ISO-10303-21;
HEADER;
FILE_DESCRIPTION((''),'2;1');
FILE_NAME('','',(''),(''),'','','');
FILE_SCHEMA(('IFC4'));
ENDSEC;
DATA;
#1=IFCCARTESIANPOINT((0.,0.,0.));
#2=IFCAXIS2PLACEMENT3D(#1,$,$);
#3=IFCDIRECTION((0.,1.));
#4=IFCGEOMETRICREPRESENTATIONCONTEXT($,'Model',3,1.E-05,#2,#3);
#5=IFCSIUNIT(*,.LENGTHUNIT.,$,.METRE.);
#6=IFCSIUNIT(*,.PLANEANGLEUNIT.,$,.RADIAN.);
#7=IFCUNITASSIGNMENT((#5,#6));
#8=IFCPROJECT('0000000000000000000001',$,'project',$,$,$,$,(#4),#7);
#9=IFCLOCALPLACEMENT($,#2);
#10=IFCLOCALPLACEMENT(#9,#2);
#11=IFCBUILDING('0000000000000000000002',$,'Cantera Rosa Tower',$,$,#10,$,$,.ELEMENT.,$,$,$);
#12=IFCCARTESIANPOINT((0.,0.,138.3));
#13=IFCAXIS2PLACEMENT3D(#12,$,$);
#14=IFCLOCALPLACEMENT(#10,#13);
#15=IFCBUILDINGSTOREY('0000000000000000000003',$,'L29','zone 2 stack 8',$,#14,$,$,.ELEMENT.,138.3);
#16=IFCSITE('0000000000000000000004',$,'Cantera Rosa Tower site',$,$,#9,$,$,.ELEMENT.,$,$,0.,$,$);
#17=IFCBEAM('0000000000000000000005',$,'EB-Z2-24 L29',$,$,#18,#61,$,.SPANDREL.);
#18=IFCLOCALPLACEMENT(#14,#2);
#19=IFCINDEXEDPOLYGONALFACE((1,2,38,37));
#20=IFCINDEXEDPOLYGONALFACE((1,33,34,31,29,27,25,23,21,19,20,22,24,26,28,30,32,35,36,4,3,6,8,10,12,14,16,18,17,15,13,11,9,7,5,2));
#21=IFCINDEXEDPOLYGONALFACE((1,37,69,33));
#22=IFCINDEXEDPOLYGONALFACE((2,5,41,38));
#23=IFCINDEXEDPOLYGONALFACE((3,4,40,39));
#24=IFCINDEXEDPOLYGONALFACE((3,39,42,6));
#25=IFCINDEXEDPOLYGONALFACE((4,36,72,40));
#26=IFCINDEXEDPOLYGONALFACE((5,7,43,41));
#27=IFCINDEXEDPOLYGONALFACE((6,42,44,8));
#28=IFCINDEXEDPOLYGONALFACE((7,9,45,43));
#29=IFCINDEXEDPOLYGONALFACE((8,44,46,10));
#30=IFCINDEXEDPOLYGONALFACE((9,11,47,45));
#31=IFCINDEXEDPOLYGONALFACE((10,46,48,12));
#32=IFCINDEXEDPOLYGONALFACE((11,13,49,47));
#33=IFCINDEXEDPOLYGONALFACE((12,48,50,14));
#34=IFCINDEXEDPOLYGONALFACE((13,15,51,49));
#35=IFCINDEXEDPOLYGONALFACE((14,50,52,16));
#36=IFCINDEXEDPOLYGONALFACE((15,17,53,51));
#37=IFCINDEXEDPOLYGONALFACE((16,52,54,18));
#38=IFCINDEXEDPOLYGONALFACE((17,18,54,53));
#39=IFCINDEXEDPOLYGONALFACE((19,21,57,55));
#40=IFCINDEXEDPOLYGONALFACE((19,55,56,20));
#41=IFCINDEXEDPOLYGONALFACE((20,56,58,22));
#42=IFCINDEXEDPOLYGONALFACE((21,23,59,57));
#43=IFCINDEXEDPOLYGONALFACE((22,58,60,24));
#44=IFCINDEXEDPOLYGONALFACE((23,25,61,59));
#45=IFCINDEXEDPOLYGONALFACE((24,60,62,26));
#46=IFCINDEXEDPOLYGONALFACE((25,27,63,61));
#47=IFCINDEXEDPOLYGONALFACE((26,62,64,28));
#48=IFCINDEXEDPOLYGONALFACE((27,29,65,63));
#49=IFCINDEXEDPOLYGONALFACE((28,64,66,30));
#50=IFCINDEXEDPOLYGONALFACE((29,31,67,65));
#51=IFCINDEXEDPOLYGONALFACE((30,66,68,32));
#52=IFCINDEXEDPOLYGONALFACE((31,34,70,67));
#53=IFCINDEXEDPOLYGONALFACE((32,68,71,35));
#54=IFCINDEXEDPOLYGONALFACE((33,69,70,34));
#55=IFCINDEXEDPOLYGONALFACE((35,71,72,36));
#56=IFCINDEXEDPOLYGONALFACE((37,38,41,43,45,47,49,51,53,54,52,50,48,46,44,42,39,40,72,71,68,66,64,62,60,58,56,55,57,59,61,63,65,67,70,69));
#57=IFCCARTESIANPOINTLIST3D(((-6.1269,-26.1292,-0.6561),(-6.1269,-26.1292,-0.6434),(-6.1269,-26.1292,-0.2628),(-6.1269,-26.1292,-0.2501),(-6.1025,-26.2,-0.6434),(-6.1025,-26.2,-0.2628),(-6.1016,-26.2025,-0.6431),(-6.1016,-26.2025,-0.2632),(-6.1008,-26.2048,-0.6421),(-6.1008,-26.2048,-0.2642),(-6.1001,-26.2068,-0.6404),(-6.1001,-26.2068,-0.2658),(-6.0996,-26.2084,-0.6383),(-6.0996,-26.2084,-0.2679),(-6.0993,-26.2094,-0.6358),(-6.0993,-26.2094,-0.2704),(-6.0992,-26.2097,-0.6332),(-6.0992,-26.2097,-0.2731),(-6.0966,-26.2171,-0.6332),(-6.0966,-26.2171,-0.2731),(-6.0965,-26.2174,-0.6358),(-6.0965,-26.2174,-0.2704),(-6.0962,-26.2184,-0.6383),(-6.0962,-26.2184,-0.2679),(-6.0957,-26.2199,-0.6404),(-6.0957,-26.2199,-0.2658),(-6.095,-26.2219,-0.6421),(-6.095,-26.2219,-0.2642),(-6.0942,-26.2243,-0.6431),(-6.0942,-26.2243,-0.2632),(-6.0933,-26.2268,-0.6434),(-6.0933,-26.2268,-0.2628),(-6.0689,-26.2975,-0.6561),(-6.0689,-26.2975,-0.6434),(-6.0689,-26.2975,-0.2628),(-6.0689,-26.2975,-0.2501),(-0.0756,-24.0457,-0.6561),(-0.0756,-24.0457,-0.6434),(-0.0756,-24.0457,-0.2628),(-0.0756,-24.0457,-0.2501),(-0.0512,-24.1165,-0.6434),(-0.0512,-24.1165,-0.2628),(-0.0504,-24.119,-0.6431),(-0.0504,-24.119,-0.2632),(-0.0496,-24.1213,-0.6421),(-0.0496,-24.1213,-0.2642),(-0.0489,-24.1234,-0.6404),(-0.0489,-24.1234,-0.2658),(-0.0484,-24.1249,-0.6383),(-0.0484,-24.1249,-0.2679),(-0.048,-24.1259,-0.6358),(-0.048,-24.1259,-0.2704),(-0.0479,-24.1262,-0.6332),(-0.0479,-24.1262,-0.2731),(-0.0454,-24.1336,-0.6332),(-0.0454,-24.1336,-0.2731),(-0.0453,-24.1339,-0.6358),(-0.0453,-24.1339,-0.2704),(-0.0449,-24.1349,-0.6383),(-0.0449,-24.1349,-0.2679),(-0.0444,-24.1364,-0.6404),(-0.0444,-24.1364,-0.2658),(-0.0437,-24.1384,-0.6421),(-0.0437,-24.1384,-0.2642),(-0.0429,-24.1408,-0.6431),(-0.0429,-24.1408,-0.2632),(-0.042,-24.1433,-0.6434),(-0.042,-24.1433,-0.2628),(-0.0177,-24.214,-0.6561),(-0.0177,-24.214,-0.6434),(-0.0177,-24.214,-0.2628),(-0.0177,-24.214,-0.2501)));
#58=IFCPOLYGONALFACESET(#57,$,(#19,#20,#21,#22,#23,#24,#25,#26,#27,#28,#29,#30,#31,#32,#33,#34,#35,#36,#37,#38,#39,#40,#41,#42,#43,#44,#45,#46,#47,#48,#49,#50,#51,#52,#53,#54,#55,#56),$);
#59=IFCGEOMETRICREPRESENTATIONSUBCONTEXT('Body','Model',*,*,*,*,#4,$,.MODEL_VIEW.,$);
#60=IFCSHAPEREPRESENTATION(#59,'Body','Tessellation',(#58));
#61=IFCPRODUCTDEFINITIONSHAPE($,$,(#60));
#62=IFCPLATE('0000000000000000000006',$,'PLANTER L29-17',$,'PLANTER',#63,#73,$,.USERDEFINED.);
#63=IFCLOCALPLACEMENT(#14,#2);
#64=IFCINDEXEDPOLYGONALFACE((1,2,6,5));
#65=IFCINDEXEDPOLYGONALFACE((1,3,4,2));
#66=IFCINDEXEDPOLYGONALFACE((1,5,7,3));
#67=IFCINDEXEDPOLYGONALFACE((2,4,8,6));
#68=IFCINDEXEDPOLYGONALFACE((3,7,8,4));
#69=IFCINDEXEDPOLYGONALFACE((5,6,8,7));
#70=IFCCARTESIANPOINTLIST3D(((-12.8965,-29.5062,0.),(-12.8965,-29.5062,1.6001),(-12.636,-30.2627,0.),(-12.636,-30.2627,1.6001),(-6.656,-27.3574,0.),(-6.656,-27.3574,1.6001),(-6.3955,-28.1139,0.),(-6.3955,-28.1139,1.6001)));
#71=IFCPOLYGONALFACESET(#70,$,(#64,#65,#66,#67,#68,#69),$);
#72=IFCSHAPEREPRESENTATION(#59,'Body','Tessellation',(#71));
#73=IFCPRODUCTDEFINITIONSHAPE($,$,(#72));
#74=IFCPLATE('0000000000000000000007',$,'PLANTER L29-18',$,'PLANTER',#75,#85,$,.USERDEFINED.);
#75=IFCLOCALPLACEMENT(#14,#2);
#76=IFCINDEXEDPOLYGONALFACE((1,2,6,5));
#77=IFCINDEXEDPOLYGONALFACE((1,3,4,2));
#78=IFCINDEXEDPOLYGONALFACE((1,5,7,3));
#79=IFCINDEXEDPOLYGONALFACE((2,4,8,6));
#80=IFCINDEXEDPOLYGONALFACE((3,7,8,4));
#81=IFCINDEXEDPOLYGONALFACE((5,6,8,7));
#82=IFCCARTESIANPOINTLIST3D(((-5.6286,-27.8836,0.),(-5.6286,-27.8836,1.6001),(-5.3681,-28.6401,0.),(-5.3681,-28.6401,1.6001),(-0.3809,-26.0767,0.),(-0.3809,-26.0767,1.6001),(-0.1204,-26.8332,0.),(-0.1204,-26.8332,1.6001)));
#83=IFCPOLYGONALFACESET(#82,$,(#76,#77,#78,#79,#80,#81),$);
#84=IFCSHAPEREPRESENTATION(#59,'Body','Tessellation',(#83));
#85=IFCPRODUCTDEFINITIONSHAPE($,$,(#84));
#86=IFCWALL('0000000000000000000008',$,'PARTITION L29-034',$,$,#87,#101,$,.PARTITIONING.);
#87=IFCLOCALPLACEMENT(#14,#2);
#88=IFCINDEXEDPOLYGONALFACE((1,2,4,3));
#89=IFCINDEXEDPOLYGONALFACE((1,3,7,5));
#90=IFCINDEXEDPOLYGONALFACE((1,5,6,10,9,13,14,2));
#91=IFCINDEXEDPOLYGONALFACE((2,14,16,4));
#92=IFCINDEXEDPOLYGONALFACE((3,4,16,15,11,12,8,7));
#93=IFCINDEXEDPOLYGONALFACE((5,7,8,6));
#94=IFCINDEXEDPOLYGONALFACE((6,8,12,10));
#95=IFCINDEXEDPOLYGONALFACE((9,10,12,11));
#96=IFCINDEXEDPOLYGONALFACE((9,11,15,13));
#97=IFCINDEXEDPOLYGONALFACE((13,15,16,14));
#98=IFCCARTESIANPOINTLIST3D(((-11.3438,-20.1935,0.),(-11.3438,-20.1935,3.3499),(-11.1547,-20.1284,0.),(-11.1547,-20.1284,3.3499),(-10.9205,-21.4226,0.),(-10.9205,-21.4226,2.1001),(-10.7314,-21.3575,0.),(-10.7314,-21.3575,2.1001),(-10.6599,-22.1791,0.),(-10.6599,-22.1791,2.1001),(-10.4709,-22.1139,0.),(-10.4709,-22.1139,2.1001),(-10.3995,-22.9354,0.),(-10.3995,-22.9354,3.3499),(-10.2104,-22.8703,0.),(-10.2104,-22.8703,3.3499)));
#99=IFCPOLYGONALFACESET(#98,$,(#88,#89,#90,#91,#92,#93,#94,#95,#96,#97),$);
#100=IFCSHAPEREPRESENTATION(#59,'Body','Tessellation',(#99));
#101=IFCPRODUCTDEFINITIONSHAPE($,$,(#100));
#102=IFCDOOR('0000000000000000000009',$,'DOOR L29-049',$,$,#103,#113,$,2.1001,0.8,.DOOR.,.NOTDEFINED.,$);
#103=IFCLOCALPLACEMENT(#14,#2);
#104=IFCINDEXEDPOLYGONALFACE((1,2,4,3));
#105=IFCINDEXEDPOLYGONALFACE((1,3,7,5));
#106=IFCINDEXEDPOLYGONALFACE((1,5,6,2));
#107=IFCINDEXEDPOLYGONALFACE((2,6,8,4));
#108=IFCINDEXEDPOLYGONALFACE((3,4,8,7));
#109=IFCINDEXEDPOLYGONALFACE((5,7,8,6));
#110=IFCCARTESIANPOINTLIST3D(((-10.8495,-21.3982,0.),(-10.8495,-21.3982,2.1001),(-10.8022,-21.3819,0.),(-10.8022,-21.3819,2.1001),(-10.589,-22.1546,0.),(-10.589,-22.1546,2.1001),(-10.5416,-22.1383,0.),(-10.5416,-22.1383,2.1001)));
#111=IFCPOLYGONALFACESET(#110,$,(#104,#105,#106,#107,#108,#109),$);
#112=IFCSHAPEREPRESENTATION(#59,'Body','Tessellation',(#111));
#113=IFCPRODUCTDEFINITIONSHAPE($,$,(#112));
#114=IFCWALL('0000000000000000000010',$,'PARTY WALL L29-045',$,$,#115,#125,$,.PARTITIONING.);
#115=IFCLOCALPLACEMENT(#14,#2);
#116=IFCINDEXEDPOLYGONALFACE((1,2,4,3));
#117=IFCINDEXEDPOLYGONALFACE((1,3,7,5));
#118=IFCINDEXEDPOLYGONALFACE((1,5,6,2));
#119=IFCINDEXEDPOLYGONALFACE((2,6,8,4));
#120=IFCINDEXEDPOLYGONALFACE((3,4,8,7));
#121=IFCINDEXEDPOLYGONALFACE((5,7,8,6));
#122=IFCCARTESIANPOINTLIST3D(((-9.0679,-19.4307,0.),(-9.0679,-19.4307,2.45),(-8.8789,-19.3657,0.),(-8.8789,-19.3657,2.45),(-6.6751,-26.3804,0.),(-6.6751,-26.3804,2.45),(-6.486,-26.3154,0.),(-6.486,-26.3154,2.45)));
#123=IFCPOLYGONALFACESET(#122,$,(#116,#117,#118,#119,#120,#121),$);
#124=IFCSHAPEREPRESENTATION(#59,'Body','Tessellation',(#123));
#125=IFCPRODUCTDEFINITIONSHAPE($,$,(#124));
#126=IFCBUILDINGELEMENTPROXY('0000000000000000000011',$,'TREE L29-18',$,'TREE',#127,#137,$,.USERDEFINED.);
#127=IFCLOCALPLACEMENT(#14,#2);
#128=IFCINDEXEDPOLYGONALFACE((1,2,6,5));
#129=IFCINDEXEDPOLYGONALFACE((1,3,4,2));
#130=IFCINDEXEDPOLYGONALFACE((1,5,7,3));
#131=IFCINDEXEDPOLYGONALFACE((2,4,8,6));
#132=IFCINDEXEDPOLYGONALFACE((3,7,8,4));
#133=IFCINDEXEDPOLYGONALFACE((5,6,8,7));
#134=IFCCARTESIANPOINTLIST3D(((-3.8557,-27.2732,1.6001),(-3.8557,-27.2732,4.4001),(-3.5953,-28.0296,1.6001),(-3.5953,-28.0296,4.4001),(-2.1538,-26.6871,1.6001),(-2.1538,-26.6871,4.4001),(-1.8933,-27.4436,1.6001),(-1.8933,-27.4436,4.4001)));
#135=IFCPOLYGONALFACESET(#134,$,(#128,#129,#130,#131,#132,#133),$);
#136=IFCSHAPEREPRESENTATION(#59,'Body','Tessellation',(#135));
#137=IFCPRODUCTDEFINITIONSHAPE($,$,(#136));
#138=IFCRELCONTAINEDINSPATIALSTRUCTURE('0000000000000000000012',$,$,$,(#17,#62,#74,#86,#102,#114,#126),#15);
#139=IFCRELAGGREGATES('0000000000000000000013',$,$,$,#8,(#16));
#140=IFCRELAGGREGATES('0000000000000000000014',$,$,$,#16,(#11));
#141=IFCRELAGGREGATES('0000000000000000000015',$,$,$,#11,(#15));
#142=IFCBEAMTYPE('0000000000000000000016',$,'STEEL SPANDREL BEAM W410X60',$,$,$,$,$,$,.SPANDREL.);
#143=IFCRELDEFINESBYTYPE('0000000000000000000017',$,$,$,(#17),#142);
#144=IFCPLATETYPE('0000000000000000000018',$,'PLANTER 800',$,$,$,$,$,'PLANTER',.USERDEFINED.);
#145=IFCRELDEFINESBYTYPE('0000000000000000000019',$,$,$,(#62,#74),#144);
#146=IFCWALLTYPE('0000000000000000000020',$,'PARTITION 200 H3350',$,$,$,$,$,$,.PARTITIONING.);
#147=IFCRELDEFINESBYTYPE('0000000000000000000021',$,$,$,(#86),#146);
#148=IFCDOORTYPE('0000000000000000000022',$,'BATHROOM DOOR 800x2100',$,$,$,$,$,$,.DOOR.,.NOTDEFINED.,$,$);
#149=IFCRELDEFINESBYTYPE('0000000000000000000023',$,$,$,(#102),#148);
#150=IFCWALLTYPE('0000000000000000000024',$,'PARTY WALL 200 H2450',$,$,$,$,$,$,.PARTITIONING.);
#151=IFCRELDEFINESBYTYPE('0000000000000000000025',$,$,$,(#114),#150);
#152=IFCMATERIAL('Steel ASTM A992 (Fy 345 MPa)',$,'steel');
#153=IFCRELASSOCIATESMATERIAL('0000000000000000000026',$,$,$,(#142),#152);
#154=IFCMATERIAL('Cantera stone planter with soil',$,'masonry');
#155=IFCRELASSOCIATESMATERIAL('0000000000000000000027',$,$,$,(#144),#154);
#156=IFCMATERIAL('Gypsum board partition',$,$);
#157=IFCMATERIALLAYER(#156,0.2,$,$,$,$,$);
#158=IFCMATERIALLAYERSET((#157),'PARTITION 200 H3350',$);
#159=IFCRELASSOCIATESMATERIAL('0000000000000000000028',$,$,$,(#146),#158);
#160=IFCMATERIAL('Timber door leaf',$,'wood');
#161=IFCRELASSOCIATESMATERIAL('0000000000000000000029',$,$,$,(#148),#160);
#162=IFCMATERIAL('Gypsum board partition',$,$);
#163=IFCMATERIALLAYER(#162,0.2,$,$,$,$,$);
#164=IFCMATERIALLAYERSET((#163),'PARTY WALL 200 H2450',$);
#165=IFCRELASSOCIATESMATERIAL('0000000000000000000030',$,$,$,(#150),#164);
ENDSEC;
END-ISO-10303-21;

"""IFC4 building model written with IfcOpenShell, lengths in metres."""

from ifc_helpers import new_model, si_unit, direction, frame, frame_2d, origin, origin_2d, place, context, subcontext, project, spatial, rectangle, i_section, extrude, material, layer, layer_set, material_profile, profile_set, type_object, element, fill, save


model = new_model("IFC4")

# Units and contexts
model_context = context("Model", 3, precision=1e-05, world=origin(), true_north=direction((0.0, 1.0)))
body_context = subcontext(model_context, "Body", "Model", "MODEL_VIEW")
ifc_project = project(units=[si_unit("LENGTHUNIT", "METRE"), si_unit("PLANEANGLEUNIT", "RADIAN")], contexts=[model_context])

# Site, building, storey
site_placement = place(None, origin())
site = spatial("IfcSite", under=ifc_project, at=site_placement, Name="Cantera Rosa Tower site", CompositionType="ELEMENT", RefElevation=0.0)
building_placement = place(site_placement, origin())
building = spatial("IfcBuilding", under=site, at=building_placement, Name="Cantera Rosa Tower", CompositionType="ELEMENT")
storey_placement = place(building_placement, frame((0.0, 0.0, 138.3)))
storey = spatial("IfcBuildingStorey", under=building, at=storey_placement, Name="L29", Description="zone 2 stack 8", CompositionType="ELEMENT", Elevation=138.3)

# Beam
ifc_material_1 = material(Name="Steel ASTM A992 (Fy 345 MPa)", Category="steel")
ifc_material_profile_1 = material_profile(ifc_material_1, i_section(OverallWidth=0.178, OverallDepth=0.406, WebThickness=0.0078, FlangeThickness=0.0127, FilletRadius=0.0103, at=origin_2d()), Name="W410X60")
ifc_profile_set_1 = profile_set([ifc_material_profile_1], Name="Steel ASTM A992 (Fy 345 MPa)")
beam_type_1 = type_object("IfcBeamType", Name="STEEL SPANDREL BEAM W410X60", PredefinedType="SPANDREL", material=ifc_profile_set_1)
beam_1_placement = place(storey_placement, frame((-6.0979, -26.2134, -0.4531), z_axis=(0.945524, 0.325551, 0.0), x_axis=(-0.325551, 0.945524, 0.0)))
element("IfcBeam", 1, at=beam_1_placement, inside=storey, type_object=beam_type_1, Name="EB-Z2-24 L29", PredefinedType="SPANDREL", context=body_context, shape_type="SweptSolid", body=[
    extrude(i_section(OverallWidth=0.178, OverallDepth=0.406, WebThickness=0.0078, FlangeThickness=0.0127, FilletRadius=0.0103, at=origin_2d()), origin(), (0.0, 0.0, 1.0), 6.3999),
])

# Plates
ifc_material_2 = material(Name="Cantera stone planter with soil", Category="masonry")
plate_type = type_object("IfcPlateType", Name="PLANTER 800", ElementType="PLANTER", PredefinedType="USERDEFINED", material=ifc_material_2)
plate_1_placement = place(storey_placement, frame((-9.646, -28.8101, 0.0), z_axis=(0.0, 0.0, 1.0), x_axis=(0.945519, 0.325568, 0.0)))
element("IfcPlate", 2, at=plate_1_placement, inside=storey, type_object=plate_type, Name="PLANTER L29-17", ObjectType="PLANTER", PredefinedType="USERDEFINED", context=body_context, shape_type="SweptSolid", body=[
    extrude(rectangle(XDim=6.6001, YDim=0.8, at=origin_2d()), origin(), (0.0, 0.0, 1.0), 1.6001),
])
plate_2_placement = place(storey_placement, frame((-2.8745, -27.3584, 0.0), z_axis=(0.0, 0.0, 1.0), x_axis=(0.945519, 0.325568, 0.0)))
element("IfcPlate", 3, at=plate_2_placement, inside=storey, type_object=plate_type, Name="PLANTER L29-18", ObjectType="PLANTER", PredefinedType="USERDEFINED", context=body_context, shape_type="SweptSolid", body=[
    extrude(rectangle(XDim=5.55, YDim=0.8, at=origin_2d()), origin(), (0.0, 0.0, 1.0), 1.6001),
])

# Wall, opening, door
ifc_material_3 = material(Name="Gypsum board partition")
ifc_layer_1 = layer(ifc_material_3, 0.2)
ifc_layer_set_1 = layer_set([ifc_layer_1], Name="PARTITION 200 H3350")
wall_type_1 = type_object("IfcWallType", Name="PARTITION 200 H3350", PredefinedType="PARTITIONING", material=ifc_layer_set_1)
wall_1_placement = place(storey_placement, frame((-10.3049, -22.9028, 0.0), z_axis=(0.0, 0.0, 1.0), x_axis=(-0.325633, 0.945496, 0.0)))
wall_1 = element("IfcWall", 4, at=wall_1_placement, inside=storey, type_object=wall_type_1, Name="PARTITION L29-034", PredefinedType="PARTITIONING", context=body_context, shape_type="SweptSolid", body=[
    extrude(rectangle(XDim=2.8999, YDim=0.2, at=frame_2d((1.45, 0.0))), origin(), (0.0, 0.0, 1.0), 3.3499),
])
opening_1_placement = place(wall_1_placement, frame((0.8, 0.0, 0.0)))
opening_1 = element("IfcOpeningElement", 5, at=opening_1_placement, cuts=wall_1, PredefinedType="OPENING", context=body_context, shape_type="SweptSolid", body=[
    extrude(rectangle(XDim=0.8, YDim=2.1001, at=frame_2d((0.3999, 1.05))), frame((0.0, 0.1099, 0.0), z_axis=(0.0, -1.0, 0.0), x_axis=(1.0, 0.0, 0.0)), (0.0, 0.0, 1.0), 0.22),
])
ifc_material_4 = material(Name="Timber door leaf", Category="wood")
door_type_1 = type_object("IfcDoorType", Name="BATHROOM DOOR 800x2100", OperationType="NOTDEFINED", PredefinedType="DOOR", material=ifc_material_4)
door_1_placement = place(opening_1_placement, origin())
door_1 = element("IfcDoor", 6, at=door_1_placement, inside=storey, type_object=door_type_1, Name="DOOR L29-049", OperationType="NOTDEFINED", OverallHeight=2.1001, OverallWidth=0.8, PredefinedType="DOOR", context=body_context, shape_type="SweptSolid", body=[
    extrude(rectangle(XDim=0.8, YDim=2.1001, at=frame_2d((0.3999, 1.05))), frame((0.0, 0.0249, 0.0), z_axis=(0.0, -1.0, 0.0), x_axis=(1.0, 0.0, 0.0)), (0.0, 0.0, 1.0), 0.05),
])
fill(opening_1, door_1)

# Wall
ifc_material_5 = material(Name="Gypsum board partition")
ifc_layer_2 = layer(ifc_material_5, 0.2)
ifc_layer_set_2 = layer_set([ifc_layer_2], Name="PARTY WALL 200 H2450")
wall_type_2 = type_object("IfcWallType", Name="PARTY WALL 200 H2450", PredefinedType="PARTITIONING", material=ifc_layer_set_2)
wall_2_placement = place(storey_placement, frame((-6.5806, -26.3479, 0.0), z_axis=(0.0, 0.0, 1.0), x_axis=(-0.325549, 0.945525, 0.0)))
element("IfcWall", 7, at=wall_2_placement, inside=storey, type_object=wall_type_2, Name="PARTY WALL L29-045", PredefinedType="PARTITIONING", context=body_context, shape_type="SweptSolid", body=[
    extrude(rectangle(XDim=7.3501, YDim=0.2, at=frame_2d((3.675, 0.0))), origin(), (0.0, 0.0, 1.0), 2.45),
])

# Building element proxy
proxy_placement = place(storey_placement, frame((-2.8745, -27.3584, 1.6001), z_axis=(0.0, 0.0, 1.0), x_axis=(0.945519, 0.325568, 0.0)))
element("IfcBuildingElementProxy", 8, at=proxy_placement, inside=storey, Name="TREE L29-18", ObjectType="TREE", PredefinedType="USERDEFINED", context=body_context, shape_type="SweptSolid", body=[
    extrude(rectangle(XDim=1.8, YDim=0.8, at=origin_2d()), origin(), (0.0, 0.0, 1.0), 2.8),
])

save(model, "model.ifc")
